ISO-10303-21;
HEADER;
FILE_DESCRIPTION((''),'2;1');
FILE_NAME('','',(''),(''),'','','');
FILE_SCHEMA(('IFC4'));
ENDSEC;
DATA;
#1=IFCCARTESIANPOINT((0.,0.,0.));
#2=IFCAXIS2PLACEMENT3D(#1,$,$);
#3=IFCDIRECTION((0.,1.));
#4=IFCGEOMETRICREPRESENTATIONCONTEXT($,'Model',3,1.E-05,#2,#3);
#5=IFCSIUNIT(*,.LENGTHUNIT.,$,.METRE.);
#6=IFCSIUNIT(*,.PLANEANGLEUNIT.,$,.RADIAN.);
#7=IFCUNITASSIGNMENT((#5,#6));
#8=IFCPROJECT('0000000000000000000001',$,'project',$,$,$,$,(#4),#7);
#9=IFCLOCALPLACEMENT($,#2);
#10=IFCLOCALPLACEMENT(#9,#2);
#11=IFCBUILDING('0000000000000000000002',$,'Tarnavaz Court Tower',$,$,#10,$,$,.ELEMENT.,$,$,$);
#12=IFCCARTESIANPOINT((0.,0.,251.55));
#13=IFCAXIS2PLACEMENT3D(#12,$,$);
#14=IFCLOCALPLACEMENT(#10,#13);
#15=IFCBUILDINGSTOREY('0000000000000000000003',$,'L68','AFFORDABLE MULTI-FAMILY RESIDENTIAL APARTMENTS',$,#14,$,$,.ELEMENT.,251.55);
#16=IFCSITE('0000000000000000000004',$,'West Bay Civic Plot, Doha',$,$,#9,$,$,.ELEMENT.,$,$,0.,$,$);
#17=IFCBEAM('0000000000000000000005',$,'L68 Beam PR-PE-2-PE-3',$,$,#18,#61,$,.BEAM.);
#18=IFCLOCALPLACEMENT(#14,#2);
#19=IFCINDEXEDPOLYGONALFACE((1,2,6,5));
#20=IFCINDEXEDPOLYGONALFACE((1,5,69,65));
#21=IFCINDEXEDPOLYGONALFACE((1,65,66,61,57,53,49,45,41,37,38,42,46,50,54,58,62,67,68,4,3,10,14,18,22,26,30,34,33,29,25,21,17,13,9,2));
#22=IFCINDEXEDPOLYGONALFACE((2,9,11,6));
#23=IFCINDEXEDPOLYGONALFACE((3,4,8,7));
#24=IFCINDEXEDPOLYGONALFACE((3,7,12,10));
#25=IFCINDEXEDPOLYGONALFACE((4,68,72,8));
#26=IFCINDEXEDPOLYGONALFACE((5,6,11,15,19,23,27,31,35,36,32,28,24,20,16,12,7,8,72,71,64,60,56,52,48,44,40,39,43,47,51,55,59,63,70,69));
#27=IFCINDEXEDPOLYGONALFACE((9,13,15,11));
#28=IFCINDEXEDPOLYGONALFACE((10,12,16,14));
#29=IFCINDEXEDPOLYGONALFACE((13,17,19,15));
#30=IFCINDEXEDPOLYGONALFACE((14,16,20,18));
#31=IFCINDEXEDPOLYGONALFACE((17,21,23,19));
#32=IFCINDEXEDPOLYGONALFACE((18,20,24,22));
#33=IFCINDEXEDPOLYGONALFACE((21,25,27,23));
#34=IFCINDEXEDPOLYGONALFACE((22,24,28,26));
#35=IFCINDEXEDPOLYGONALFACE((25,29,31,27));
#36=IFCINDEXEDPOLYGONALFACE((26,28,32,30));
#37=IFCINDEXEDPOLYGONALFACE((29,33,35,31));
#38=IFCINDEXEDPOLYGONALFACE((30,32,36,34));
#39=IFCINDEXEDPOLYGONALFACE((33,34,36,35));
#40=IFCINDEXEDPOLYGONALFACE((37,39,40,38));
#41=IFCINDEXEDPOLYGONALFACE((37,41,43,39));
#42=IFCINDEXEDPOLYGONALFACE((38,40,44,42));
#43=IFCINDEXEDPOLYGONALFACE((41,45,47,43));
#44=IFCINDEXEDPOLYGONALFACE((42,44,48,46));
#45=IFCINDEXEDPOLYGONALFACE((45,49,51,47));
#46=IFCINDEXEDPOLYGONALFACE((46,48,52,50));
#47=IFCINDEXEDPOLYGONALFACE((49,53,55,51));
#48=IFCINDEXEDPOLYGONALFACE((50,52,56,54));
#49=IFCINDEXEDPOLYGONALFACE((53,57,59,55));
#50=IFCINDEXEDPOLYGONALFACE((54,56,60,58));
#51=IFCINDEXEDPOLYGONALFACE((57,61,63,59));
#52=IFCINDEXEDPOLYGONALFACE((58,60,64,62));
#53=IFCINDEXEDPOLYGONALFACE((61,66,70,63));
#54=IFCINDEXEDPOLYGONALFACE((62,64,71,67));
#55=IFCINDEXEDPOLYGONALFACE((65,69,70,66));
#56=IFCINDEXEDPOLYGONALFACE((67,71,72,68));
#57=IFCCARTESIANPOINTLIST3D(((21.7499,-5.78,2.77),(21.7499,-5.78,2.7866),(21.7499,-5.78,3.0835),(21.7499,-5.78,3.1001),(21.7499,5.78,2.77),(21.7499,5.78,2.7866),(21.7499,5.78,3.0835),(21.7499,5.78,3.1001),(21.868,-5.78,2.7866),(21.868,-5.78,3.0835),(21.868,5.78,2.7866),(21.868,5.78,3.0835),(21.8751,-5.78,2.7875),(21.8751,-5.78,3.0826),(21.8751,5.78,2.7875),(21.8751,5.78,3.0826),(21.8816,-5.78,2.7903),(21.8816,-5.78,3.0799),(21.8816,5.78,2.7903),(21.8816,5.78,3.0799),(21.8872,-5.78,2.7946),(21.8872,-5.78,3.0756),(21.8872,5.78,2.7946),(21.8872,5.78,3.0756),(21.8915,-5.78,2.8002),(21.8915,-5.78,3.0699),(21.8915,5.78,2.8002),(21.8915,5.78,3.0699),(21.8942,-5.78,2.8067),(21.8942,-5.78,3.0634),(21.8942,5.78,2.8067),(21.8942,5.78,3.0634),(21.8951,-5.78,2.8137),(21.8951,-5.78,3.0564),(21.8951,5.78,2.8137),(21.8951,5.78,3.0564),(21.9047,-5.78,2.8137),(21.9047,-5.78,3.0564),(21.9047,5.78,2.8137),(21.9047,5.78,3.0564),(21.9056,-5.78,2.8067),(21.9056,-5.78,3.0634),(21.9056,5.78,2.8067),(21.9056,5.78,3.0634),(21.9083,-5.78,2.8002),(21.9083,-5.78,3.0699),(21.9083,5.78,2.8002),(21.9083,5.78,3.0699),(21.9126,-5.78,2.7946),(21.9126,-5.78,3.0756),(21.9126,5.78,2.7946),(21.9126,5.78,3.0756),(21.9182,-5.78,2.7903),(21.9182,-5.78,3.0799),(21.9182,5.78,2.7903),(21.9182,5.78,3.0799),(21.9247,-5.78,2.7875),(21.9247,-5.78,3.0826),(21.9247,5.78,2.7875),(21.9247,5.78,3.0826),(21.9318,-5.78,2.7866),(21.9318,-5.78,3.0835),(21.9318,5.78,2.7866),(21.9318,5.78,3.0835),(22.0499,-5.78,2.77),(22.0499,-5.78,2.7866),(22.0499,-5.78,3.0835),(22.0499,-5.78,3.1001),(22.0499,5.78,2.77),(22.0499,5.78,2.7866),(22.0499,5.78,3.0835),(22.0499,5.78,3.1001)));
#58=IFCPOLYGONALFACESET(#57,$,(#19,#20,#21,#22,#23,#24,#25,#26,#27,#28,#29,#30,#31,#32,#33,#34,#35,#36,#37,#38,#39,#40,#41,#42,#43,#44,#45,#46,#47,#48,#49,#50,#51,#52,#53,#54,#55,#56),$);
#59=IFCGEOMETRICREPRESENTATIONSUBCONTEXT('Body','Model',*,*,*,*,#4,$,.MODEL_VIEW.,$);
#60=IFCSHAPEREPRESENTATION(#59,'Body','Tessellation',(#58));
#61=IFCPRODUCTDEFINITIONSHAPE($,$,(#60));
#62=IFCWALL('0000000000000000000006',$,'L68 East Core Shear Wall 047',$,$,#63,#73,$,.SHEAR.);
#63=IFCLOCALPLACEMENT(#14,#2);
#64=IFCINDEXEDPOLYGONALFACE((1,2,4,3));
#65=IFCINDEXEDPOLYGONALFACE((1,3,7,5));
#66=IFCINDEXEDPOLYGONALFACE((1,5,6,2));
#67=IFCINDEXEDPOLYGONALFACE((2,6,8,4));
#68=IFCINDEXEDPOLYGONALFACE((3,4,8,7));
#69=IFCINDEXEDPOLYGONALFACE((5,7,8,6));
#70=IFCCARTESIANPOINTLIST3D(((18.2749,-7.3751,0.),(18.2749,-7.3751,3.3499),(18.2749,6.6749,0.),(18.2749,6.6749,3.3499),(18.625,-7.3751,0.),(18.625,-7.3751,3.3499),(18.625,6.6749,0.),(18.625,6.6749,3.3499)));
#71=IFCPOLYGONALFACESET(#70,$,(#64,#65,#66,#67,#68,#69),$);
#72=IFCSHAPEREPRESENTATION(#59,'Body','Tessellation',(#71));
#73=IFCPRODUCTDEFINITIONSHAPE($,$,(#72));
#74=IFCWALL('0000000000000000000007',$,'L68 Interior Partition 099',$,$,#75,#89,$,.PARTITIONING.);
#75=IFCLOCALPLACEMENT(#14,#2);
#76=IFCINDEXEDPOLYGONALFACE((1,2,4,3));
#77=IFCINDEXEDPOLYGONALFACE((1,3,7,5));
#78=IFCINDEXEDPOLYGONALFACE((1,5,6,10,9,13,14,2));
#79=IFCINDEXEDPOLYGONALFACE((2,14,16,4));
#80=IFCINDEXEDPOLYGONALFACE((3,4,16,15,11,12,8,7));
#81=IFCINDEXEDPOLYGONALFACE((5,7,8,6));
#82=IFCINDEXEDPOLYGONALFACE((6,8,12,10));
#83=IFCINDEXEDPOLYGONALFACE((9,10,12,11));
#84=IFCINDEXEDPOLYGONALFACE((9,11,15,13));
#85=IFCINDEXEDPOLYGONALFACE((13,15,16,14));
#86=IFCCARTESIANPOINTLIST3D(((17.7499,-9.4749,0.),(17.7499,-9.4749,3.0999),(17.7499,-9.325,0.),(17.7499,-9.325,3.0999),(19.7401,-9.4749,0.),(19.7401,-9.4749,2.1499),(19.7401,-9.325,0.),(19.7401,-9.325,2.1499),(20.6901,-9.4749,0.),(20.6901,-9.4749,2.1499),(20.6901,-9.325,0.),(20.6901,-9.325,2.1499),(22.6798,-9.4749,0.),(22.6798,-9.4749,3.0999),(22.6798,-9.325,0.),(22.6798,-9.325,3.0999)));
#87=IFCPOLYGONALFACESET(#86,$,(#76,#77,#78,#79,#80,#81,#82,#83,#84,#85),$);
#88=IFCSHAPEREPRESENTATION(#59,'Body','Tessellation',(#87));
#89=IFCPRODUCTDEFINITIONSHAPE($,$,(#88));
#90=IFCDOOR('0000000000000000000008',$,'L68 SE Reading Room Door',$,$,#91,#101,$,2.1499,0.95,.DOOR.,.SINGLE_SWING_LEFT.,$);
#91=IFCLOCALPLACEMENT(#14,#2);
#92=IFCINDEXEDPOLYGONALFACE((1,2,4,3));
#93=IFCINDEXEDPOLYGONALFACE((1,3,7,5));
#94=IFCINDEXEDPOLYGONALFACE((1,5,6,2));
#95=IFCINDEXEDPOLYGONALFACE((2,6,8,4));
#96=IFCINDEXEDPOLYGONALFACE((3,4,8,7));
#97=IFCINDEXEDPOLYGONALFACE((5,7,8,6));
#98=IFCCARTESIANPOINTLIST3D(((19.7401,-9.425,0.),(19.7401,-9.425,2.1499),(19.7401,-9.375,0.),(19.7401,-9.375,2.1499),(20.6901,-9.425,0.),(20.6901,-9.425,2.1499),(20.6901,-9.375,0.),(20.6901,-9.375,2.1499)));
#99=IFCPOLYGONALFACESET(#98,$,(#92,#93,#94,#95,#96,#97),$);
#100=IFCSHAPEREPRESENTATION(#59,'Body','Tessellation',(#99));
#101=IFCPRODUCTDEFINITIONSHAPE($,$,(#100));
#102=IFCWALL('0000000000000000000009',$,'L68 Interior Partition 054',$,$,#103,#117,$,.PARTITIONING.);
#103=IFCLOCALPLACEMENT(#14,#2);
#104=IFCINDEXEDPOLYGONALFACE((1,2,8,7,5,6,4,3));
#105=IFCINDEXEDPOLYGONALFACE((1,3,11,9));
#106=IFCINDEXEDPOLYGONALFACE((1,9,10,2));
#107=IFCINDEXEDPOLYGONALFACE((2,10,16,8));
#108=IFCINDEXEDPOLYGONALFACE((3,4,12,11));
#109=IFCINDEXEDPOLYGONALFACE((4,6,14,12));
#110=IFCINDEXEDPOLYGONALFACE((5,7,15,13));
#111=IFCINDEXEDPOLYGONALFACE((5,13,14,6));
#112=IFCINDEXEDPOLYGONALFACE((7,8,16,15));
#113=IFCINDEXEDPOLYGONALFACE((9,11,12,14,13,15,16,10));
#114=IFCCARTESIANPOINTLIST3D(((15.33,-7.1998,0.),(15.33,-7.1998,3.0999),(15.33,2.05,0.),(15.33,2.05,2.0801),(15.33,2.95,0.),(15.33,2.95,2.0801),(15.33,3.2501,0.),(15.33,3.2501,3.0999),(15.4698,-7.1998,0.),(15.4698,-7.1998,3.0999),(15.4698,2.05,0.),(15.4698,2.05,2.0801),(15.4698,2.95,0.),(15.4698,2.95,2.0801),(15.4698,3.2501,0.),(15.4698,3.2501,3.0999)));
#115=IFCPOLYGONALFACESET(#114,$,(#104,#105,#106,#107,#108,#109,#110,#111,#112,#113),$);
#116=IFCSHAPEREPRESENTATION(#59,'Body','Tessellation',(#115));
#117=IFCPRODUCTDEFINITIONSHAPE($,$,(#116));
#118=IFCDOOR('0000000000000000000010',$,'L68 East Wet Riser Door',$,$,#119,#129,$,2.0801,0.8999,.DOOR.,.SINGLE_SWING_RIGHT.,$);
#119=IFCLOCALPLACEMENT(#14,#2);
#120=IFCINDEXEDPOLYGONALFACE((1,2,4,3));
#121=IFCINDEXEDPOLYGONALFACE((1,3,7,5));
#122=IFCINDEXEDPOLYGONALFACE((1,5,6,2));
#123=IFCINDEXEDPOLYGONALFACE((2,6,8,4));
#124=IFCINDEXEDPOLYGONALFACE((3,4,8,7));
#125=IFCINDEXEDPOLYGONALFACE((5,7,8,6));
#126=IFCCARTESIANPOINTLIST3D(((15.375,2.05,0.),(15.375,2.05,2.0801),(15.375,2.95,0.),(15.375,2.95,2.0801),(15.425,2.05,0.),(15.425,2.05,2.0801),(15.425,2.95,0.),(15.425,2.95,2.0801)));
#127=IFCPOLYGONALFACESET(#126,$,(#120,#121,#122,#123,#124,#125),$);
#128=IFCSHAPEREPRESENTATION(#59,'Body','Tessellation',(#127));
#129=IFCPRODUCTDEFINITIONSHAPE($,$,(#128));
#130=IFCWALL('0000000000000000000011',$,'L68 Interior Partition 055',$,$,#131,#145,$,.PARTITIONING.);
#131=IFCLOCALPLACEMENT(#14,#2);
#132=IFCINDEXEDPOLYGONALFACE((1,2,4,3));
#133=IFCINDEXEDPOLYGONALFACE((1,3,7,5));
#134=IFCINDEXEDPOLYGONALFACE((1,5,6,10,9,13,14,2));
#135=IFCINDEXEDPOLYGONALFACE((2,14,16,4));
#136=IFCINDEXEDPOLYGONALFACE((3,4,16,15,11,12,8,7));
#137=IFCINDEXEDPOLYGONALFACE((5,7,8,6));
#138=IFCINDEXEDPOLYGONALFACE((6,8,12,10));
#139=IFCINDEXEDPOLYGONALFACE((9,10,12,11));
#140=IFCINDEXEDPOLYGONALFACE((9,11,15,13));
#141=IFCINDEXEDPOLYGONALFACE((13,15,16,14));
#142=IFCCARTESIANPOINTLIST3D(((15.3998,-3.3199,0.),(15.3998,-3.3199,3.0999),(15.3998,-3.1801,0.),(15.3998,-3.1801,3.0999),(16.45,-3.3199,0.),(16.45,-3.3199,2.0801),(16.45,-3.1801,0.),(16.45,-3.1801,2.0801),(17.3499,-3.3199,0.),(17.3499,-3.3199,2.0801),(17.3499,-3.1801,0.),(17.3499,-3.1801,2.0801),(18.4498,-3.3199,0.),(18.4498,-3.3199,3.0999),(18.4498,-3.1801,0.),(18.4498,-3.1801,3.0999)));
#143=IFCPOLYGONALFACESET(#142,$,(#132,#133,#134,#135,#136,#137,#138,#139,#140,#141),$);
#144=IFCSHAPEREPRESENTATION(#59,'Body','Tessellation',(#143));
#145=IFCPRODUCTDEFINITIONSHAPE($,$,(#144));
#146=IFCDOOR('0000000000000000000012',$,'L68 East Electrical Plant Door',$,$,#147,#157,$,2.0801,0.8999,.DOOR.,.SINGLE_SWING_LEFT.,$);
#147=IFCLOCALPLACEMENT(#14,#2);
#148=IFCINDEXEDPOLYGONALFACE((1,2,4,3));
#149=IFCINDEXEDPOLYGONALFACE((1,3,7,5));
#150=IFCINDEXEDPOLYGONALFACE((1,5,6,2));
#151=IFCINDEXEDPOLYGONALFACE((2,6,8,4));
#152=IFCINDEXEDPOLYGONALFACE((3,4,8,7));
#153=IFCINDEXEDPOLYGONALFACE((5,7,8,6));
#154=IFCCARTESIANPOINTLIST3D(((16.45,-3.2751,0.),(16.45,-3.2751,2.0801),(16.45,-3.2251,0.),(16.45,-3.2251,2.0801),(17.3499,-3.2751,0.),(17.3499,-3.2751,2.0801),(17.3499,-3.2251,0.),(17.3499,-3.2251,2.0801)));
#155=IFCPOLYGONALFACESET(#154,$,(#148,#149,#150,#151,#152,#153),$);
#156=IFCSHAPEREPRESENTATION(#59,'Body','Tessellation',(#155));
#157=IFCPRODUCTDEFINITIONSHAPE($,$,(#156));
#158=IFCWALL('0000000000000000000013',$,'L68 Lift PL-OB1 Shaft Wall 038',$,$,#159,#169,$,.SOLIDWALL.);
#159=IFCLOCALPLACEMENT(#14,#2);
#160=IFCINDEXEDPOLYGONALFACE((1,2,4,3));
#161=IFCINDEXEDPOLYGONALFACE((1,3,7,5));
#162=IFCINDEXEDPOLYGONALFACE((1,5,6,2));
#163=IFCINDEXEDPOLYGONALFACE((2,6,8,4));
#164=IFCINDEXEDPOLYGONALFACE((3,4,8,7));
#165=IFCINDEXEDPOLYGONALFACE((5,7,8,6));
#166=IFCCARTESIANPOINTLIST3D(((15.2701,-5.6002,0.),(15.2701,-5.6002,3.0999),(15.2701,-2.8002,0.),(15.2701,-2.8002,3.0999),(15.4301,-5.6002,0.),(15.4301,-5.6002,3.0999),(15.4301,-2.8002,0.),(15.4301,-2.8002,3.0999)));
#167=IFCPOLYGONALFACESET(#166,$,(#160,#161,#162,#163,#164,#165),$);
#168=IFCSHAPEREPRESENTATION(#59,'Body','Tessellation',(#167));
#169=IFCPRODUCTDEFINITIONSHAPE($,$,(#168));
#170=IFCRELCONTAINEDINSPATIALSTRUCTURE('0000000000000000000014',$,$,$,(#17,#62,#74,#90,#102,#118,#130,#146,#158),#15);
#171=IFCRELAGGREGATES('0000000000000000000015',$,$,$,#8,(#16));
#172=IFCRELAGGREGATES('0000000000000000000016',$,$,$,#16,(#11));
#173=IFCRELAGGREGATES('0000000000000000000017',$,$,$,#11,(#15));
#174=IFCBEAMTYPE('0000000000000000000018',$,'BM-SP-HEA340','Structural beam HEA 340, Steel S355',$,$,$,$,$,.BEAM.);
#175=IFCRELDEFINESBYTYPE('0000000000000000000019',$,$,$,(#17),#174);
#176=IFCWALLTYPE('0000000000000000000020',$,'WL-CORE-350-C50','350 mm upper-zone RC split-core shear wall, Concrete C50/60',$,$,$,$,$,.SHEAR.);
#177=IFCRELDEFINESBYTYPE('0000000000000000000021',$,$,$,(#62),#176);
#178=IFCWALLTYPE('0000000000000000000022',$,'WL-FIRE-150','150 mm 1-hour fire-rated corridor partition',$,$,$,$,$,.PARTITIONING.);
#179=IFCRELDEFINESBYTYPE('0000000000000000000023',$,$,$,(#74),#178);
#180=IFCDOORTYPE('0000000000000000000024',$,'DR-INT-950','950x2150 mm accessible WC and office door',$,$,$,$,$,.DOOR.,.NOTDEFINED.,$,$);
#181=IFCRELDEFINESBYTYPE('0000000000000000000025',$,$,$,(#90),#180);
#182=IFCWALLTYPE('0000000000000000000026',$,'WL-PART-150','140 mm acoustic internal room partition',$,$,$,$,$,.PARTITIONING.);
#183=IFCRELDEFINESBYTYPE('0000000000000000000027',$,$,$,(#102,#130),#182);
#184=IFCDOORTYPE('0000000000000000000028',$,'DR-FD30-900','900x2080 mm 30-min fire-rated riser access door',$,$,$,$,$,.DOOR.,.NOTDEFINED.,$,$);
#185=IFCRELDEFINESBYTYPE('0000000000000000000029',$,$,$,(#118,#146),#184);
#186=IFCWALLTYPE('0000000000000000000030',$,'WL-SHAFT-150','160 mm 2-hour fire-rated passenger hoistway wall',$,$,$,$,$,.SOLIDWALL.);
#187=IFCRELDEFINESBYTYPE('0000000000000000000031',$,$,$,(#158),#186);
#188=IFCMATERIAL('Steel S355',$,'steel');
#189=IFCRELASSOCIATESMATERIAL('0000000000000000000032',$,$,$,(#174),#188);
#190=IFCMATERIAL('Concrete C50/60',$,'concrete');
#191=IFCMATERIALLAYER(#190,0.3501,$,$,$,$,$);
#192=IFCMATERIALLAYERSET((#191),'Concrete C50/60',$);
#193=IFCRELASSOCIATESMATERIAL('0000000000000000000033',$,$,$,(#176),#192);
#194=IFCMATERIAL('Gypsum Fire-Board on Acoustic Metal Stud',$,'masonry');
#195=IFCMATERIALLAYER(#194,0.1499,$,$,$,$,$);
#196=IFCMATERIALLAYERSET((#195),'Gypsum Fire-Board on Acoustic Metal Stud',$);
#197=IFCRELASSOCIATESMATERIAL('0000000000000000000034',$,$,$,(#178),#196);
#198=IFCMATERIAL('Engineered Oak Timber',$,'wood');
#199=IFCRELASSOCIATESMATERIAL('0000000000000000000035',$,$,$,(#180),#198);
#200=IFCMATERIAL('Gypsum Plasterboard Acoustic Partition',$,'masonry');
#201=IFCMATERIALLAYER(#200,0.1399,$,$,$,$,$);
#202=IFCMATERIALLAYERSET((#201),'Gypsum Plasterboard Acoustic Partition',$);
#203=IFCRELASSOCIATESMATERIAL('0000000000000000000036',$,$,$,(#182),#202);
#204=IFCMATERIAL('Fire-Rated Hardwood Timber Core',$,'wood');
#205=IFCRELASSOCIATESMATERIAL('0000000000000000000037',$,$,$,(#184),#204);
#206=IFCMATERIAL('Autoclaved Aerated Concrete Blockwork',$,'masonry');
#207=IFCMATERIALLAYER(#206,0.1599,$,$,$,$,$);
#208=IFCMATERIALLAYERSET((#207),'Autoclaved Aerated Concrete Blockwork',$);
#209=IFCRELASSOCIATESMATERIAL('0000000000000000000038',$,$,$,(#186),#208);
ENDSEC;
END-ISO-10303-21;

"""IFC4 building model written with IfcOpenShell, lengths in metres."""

from ifc_helpers import new_model, si_unit, direction, frame, frame_2d, origin, origin_2d, place, context, subcontext, project, spatial, rectangle, i_section, extrude, material, layer, layer_set, material_profile, profile_set, type_object, element, fill, save


model = new_model("IFC4")

# Units and contexts
model_context = context("Model", 3, precision=1e-05, world=origin(), true_north=direction((0.0, 1.0)))
body_context = subcontext(model_context, "Body", "Model", "MODEL_VIEW")
ifc_project = project(units=[si_unit("LENGTHUNIT", "METRE"), si_unit("PLANEANGLEUNIT", "RADIAN")], contexts=[model_context])

# Site, building, storey
site_placement = place(None, origin())
site = spatial("IfcSite", under=ifc_project, at=site_placement, Name="West Bay Civic Plot, Doha", CompositionType="ELEMENT", RefElevation=0.0)
building_placement = place(site_placement, origin())
building = spatial("IfcBuilding", under=site, at=building_placement, Name="Tarnavaz Court Tower", CompositionType="ELEMENT")
storey_placement = place(building_placement, frame((0.0, 0.0, 251.55)))
storey = spatial("IfcBuildingStorey", under=building, at=storey_placement, Name="L68", Description="AFFORDABLE MULTI-FAMILY RESIDENTIAL APARTMENTS", CompositionType="ELEMENT", Elevation=251.55)

# Shared definitions
ifc_material_1 = material(Name="Concrete C50/60", Category="concrete")

# Beam
ifc_material_2 = material(Name="Steel S355", Category="steel")
ifc_material_profile_1 = material_profile(ifc_material_2, i_section(OverallWidth=0.3, OverallDepth=0.3301, WebThickness=0.0095, FlangeThickness=0.0166, FilletRadius=0.0271, at=origin_2d()), Name="HEA 340")
ifc_profile_set_1 = profile_set([ifc_material_profile_1], Name="Steel S355")
beam_type_1 = type_object("IfcBeamType", Name="BM-SP-HEA340", Description="Structural beam HEA 340, Steel S355", PredefinedType="BEAM", material=ifc_profile_set_1)
beam_1_placement = place(storey_placement, frame((21.8999, -5.78, 2.9351), z_axis=(0.0, 1.0, 0.0), x_axis=(-1.0, 0.0, 0.0)))
element("IfcBeam", 1, at=beam_1_placement, inside=storey, type_object=beam_type_1, Name="L68 Beam PR-PE-2-PE-3", PredefinedType="BEAM", context=body_context, shape_type="SweptSolid", body=[
    extrude(i_section(OverallWidth=0.3, OverallDepth=0.3301, WebThickness=0.0095, FlangeThickness=0.0166, FilletRadius=0.0271, at=origin_2d()), origin(), (0.0, 0.0, 1.0), 11.5601),
])

# Wall
ifc_layer_1 = layer(ifc_material_1, 0.3501)
ifc_layer_set_1 = layer_set([ifc_layer_1], Name="Concrete C50/60")
wall_type_1 = type_object("IfcWallType", Name="WL-CORE-350-C50", Description="350 mm upper-zone RC split-core shear wall, Concrete C50/60", PredefinedType="SHEAR", material=ifc_layer_set_1)
wall_1_placement = place(storey_placement, frame((18.45, -7.375, 0.0), z_axis=(0.0, 0.0, 1.0), x_axis=(0.0, 1.0, 0.0)))
element("IfcWall", 2, at=wall_1_placement, inside=storey, type_object=wall_type_1, Name="L68 East Core Shear Wall 047", PredefinedType="SHEAR", context=body_context, shape_type="SweptSolid", body=[
    extrude(rectangle(XDim=14.05, YDim=0.3501, at=frame_2d((7.0249, 0.0))), origin(), (0.0, 0.0, 1.0), 3.3499),
])

# Walls, openings, doors
ifc_material_3 = material(Name="Gypsum Fire-Board on Acoustic Metal Stud", Category="masonry")
ifc_layer_2 = layer(ifc_material_3, 0.1499)
ifc_layer_set_2 = layer_set([ifc_layer_2], Name="Gypsum Fire-Board on Acoustic Metal Stud")
wall_type_2 = type_object("IfcWallType", Name="WL-FIRE-150", Description="150 mm 1-hour fire-rated corridor partition", PredefinedType="PARTITIONING", material=ifc_layer_set_2)
ifc_material_4 = material(Name="Engineered Oak Timber", Category="wood")
wall_2_placement = place(storey_placement, frame((17.75, -9.3999, 0.0), z_axis=(0.0, 0.0, 1.0), x_axis=(1.0, 0.0, 0.0)))
wall_2 = element("IfcWall", 3, at=wall_2_placement, inside=storey, type_object=wall_type_2, Name="L68 Interior Partition 099", PredefinedType="PARTITIONING", context=body_context, shape_type="SweptSolid", body=[
    extrude(rectangle(XDim=4.9299, YDim=0.1499, at=frame_2d((2.4648, 0.0))), origin(), (0.0, 0.0, 1.0), 3.0999),
])
opening_1_placement = place(wall_2_placement, frame((1.99, 0.0, 0.0)))
opening_1 = element("IfcOpeningElement", 4, at=opening_1_placement, cuts=wall_2, PredefinedType="OPENING", context=body_context, shape_type="SweptSolid", body=[
    extrude(rectangle(XDim=0.95, YDim=2.1499, at=frame_2d((0.4751, 1.075))), frame((0.0, 0.085, 0.0), z_axis=(0.0, -1.0, 0.0), x_axis=(1.0, 0.0, 0.0)), (0.0, 0.0, 1.0), 0.1699),
])
door_type_1 = type_object("IfcDoorType", Name="DR-INT-950", Description="950x2150 mm accessible WC and office door", OperationType="NOTDEFINED", PredefinedType="DOOR", material=ifc_material_4)
door_1_placement = place(opening_1_placement, origin())
door_1 = element("IfcDoor", 5, at=door_1_placement, inside=storey, type_object=door_type_1, Name="L68 SE Reading Room Door", OperationType="SINGLE_SWING_LEFT", OverallHeight=2.1499, OverallWidth=0.95, PredefinedType="DOOR", context=body_context, shape_type="SweptSolid", body=[
    extrude(rectangle(XDim=0.95, YDim=2.1499, at=frame_2d((0.4751, 1.075))), frame((0.0, 0.0249, 0.0), z_axis=(0.0, -1.0, 0.0), x_axis=(1.0, 0.0, 0.0)), (0.0, 0.0, 1.0), 0.05),
])
fill(opening_1, door_1)
ifc_material_5 = material(Name="Gypsum Plasterboard Acoustic Partition", Category="masonry")
ifc_layer_3 = layer(ifc_material_5, 0.1399)
ifc_layer_set_3 = layer_set([ifc_layer_3], Name="Gypsum Plasterboard Acoustic Partition")
wall_type_3 = type_object("IfcWallType", Name="WL-PART-150", Description="140 mm acoustic internal room partition", PredefinedType="PARTITIONING", material=ifc_layer_set_3)
wall_3_placement = place(storey_placement, frame((15.3999, -7.2, 0.0), z_axis=(0.0, 0.0, 1.0), x_axis=(0.0, 1.0, 0.0)))
wall_3 = element("IfcWall", 6, at=wall_3_placement, inside=storey, type_object=wall_type_3, Name="L68 Interior Partition 054", PredefinedType="PARTITIONING", context=body_context, shape_type="SweptSolid", body=[
    extrude(rectangle(XDim=10.45, YDim=0.1399, at=frame_2d((5.2251, 0.0))), origin(), (0.0, 0.0, 1.0), 3.0999),
])
opening_2_placement = place(wall_3_placement, frame((9.25, 0.0, 0.0)))
opening_2 = element("IfcOpeningElement", 7, at=opening_2_placement, cuts=wall_3, PredefinedType="OPENING", context=body_context, shape_type="SweptSolid", body=[
    extrude(rectangle(XDim=0.8999, YDim=2.0801, at=frame_2d((0.45, 1.04))), frame((0.0, 0.0798, 0.0), z_axis=(0.0, -1.0, 0.0), x_axis=(1.0, 0.0, 0.0)), (0.0, 0.0, 1.0), 0.1599),
])
ifc_material_6 = material(Name="Fire-Rated Hardwood Timber Core", Category="wood")
door_type_2 = type_object("IfcDoorType", Name="DR-FD30-900", Description="900x2080 mm 30-min fire-rated riser access door", OperationType="NOTDEFINED", PredefinedType="DOOR", material=ifc_material_6)
door_2_placement = place(opening_2_placement, origin())
door_2 = element("IfcDoor", 8, at=door_2_placement, inside=storey, type_object=door_type_2, Name="L68 East Wet Riser Door", OperationType="SINGLE_SWING_RIGHT", OverallHeight=2.0801, OverallWidth=0.8999, PredefinedType="DOOR", context=body_context, shape_type="SweptSolid", body=[
    extrude(rectangle(XDim=0.8999, YDim=2.0801, at=frame_2d((0.45, 1.04))), frame((0.0, 0.0249, 0.0), z_axis=(0.0, -1.0, 0.0), x_axis=(1.0, 0.0, 0.0)), (0.0, 0.0, 1.0), 0.05),
])
fill(opening_2, door_2)
wall_4_placement = place(storey_placement, frame((15.3999, -3.25, 0.0), z_axis=(0.0, 0.0, 1.0), x_axis=(1.0, 0.0, 0.0)))
wall_4 = element("IfcWall", 9, at=wall_4_placement, inside=storey, type_object=wall_type_3, Name="L68 Interior Partition 055", PredefinedType="PARTITIONING", context=body_context, shape_type="SweptSolid", body=[
    extrude(rectangle(XDim=3.05, YDim=0.1399, at=frame_2d((1.5249, 0.0))), origin(), (0.0, 0.0, 1.0), 3.0999),
])
opening_3_placement = place(wall_4_placement, frame((1.05, 0.0, 0.0)))
opening_3 = element("IfcOpeningElement", 10, at=opening_3_placement, cuts=wall_4, PredefinedType="OPENING", context=body_context, shape_type="SweptSolid", body=[
    extrude(rectangle(XDim=0.8999, YDim=2.0801, at=frame_2d((0.45, 1.04))), frame((0.0, 0.0798, 0.0), z_axis=(0.0, -1.0, 0.0), x_axis=(1.0, 0.0, 0.0)), (0.0, 0.0, 1.0), 0.1599),
])
door_3_placement = place(opening_3_placement, origin())
door_3 = element("IfcDoor", 11, at=door_3_placement, inside=storey, type_object=door_type_2, Name="L68 East Electrical Plant Door", OperationType="SINGLE_SWING_LEFT", OverallHeight=2.0801, OverallWidth=0.8999, PredefinedType="DOOR", context=body_context, shape_type="SweptSolid", body=[
    extrude(rectangle(XDim=0.8999, YDim=2.0801, at=frame_2d((0.45, 1.04))), frame((0.0, 0.0249, 0.0), z_axis=(0.0, -1.0, 0.0), x_axis=(1.0, 0.0, 0.0)), (0.0, 0.0, 1.0), 0.05),
])
fill(opening_3, door_3)

# Wall
ifc_material_7 = material(Name="Autoclaved Aerated Concrete Blockwork", Category="masonry")
ifc_layer_4 = layer(ifc_material_7, 0.1599)
ifc_layer_set_4 = layer_set([ifc_layer_4], Name="Autoclaved Aerated Concrete Blockwork")
wall_type_4 = type_object("IfcWallType", Name="WL-SHAFT-150", Description="160 mm 2-hour fire-rated passenger hoistway wall", PredefinedType="SOLIDWALL", material=ifc_layer_set_4)
wall_5_placement = place(storey_placement, frame((15.3501, -5.6001, 0.0), z_axis=(0.0, 0.0, 1.0), x_axis=(0.0, 1.0, 0.0)))
element("IfcWall", 12, at=wall_5_placement, inside=storey, type_object=wall_type_4, Name="L68 Lift PL-OB1 Shaft Wall 038", PredefinedType="SOLIDWALL", context=body_context, shape_type="SweptSolid", body=[
    extrude(rectangle(XDim=2.8, YDim=0.1599, at=frame_2d((1.3999, 0.0))), origin(), (0.0, 0.0, 1.0), 3.0999),
])

save(model, "model.ifc")
